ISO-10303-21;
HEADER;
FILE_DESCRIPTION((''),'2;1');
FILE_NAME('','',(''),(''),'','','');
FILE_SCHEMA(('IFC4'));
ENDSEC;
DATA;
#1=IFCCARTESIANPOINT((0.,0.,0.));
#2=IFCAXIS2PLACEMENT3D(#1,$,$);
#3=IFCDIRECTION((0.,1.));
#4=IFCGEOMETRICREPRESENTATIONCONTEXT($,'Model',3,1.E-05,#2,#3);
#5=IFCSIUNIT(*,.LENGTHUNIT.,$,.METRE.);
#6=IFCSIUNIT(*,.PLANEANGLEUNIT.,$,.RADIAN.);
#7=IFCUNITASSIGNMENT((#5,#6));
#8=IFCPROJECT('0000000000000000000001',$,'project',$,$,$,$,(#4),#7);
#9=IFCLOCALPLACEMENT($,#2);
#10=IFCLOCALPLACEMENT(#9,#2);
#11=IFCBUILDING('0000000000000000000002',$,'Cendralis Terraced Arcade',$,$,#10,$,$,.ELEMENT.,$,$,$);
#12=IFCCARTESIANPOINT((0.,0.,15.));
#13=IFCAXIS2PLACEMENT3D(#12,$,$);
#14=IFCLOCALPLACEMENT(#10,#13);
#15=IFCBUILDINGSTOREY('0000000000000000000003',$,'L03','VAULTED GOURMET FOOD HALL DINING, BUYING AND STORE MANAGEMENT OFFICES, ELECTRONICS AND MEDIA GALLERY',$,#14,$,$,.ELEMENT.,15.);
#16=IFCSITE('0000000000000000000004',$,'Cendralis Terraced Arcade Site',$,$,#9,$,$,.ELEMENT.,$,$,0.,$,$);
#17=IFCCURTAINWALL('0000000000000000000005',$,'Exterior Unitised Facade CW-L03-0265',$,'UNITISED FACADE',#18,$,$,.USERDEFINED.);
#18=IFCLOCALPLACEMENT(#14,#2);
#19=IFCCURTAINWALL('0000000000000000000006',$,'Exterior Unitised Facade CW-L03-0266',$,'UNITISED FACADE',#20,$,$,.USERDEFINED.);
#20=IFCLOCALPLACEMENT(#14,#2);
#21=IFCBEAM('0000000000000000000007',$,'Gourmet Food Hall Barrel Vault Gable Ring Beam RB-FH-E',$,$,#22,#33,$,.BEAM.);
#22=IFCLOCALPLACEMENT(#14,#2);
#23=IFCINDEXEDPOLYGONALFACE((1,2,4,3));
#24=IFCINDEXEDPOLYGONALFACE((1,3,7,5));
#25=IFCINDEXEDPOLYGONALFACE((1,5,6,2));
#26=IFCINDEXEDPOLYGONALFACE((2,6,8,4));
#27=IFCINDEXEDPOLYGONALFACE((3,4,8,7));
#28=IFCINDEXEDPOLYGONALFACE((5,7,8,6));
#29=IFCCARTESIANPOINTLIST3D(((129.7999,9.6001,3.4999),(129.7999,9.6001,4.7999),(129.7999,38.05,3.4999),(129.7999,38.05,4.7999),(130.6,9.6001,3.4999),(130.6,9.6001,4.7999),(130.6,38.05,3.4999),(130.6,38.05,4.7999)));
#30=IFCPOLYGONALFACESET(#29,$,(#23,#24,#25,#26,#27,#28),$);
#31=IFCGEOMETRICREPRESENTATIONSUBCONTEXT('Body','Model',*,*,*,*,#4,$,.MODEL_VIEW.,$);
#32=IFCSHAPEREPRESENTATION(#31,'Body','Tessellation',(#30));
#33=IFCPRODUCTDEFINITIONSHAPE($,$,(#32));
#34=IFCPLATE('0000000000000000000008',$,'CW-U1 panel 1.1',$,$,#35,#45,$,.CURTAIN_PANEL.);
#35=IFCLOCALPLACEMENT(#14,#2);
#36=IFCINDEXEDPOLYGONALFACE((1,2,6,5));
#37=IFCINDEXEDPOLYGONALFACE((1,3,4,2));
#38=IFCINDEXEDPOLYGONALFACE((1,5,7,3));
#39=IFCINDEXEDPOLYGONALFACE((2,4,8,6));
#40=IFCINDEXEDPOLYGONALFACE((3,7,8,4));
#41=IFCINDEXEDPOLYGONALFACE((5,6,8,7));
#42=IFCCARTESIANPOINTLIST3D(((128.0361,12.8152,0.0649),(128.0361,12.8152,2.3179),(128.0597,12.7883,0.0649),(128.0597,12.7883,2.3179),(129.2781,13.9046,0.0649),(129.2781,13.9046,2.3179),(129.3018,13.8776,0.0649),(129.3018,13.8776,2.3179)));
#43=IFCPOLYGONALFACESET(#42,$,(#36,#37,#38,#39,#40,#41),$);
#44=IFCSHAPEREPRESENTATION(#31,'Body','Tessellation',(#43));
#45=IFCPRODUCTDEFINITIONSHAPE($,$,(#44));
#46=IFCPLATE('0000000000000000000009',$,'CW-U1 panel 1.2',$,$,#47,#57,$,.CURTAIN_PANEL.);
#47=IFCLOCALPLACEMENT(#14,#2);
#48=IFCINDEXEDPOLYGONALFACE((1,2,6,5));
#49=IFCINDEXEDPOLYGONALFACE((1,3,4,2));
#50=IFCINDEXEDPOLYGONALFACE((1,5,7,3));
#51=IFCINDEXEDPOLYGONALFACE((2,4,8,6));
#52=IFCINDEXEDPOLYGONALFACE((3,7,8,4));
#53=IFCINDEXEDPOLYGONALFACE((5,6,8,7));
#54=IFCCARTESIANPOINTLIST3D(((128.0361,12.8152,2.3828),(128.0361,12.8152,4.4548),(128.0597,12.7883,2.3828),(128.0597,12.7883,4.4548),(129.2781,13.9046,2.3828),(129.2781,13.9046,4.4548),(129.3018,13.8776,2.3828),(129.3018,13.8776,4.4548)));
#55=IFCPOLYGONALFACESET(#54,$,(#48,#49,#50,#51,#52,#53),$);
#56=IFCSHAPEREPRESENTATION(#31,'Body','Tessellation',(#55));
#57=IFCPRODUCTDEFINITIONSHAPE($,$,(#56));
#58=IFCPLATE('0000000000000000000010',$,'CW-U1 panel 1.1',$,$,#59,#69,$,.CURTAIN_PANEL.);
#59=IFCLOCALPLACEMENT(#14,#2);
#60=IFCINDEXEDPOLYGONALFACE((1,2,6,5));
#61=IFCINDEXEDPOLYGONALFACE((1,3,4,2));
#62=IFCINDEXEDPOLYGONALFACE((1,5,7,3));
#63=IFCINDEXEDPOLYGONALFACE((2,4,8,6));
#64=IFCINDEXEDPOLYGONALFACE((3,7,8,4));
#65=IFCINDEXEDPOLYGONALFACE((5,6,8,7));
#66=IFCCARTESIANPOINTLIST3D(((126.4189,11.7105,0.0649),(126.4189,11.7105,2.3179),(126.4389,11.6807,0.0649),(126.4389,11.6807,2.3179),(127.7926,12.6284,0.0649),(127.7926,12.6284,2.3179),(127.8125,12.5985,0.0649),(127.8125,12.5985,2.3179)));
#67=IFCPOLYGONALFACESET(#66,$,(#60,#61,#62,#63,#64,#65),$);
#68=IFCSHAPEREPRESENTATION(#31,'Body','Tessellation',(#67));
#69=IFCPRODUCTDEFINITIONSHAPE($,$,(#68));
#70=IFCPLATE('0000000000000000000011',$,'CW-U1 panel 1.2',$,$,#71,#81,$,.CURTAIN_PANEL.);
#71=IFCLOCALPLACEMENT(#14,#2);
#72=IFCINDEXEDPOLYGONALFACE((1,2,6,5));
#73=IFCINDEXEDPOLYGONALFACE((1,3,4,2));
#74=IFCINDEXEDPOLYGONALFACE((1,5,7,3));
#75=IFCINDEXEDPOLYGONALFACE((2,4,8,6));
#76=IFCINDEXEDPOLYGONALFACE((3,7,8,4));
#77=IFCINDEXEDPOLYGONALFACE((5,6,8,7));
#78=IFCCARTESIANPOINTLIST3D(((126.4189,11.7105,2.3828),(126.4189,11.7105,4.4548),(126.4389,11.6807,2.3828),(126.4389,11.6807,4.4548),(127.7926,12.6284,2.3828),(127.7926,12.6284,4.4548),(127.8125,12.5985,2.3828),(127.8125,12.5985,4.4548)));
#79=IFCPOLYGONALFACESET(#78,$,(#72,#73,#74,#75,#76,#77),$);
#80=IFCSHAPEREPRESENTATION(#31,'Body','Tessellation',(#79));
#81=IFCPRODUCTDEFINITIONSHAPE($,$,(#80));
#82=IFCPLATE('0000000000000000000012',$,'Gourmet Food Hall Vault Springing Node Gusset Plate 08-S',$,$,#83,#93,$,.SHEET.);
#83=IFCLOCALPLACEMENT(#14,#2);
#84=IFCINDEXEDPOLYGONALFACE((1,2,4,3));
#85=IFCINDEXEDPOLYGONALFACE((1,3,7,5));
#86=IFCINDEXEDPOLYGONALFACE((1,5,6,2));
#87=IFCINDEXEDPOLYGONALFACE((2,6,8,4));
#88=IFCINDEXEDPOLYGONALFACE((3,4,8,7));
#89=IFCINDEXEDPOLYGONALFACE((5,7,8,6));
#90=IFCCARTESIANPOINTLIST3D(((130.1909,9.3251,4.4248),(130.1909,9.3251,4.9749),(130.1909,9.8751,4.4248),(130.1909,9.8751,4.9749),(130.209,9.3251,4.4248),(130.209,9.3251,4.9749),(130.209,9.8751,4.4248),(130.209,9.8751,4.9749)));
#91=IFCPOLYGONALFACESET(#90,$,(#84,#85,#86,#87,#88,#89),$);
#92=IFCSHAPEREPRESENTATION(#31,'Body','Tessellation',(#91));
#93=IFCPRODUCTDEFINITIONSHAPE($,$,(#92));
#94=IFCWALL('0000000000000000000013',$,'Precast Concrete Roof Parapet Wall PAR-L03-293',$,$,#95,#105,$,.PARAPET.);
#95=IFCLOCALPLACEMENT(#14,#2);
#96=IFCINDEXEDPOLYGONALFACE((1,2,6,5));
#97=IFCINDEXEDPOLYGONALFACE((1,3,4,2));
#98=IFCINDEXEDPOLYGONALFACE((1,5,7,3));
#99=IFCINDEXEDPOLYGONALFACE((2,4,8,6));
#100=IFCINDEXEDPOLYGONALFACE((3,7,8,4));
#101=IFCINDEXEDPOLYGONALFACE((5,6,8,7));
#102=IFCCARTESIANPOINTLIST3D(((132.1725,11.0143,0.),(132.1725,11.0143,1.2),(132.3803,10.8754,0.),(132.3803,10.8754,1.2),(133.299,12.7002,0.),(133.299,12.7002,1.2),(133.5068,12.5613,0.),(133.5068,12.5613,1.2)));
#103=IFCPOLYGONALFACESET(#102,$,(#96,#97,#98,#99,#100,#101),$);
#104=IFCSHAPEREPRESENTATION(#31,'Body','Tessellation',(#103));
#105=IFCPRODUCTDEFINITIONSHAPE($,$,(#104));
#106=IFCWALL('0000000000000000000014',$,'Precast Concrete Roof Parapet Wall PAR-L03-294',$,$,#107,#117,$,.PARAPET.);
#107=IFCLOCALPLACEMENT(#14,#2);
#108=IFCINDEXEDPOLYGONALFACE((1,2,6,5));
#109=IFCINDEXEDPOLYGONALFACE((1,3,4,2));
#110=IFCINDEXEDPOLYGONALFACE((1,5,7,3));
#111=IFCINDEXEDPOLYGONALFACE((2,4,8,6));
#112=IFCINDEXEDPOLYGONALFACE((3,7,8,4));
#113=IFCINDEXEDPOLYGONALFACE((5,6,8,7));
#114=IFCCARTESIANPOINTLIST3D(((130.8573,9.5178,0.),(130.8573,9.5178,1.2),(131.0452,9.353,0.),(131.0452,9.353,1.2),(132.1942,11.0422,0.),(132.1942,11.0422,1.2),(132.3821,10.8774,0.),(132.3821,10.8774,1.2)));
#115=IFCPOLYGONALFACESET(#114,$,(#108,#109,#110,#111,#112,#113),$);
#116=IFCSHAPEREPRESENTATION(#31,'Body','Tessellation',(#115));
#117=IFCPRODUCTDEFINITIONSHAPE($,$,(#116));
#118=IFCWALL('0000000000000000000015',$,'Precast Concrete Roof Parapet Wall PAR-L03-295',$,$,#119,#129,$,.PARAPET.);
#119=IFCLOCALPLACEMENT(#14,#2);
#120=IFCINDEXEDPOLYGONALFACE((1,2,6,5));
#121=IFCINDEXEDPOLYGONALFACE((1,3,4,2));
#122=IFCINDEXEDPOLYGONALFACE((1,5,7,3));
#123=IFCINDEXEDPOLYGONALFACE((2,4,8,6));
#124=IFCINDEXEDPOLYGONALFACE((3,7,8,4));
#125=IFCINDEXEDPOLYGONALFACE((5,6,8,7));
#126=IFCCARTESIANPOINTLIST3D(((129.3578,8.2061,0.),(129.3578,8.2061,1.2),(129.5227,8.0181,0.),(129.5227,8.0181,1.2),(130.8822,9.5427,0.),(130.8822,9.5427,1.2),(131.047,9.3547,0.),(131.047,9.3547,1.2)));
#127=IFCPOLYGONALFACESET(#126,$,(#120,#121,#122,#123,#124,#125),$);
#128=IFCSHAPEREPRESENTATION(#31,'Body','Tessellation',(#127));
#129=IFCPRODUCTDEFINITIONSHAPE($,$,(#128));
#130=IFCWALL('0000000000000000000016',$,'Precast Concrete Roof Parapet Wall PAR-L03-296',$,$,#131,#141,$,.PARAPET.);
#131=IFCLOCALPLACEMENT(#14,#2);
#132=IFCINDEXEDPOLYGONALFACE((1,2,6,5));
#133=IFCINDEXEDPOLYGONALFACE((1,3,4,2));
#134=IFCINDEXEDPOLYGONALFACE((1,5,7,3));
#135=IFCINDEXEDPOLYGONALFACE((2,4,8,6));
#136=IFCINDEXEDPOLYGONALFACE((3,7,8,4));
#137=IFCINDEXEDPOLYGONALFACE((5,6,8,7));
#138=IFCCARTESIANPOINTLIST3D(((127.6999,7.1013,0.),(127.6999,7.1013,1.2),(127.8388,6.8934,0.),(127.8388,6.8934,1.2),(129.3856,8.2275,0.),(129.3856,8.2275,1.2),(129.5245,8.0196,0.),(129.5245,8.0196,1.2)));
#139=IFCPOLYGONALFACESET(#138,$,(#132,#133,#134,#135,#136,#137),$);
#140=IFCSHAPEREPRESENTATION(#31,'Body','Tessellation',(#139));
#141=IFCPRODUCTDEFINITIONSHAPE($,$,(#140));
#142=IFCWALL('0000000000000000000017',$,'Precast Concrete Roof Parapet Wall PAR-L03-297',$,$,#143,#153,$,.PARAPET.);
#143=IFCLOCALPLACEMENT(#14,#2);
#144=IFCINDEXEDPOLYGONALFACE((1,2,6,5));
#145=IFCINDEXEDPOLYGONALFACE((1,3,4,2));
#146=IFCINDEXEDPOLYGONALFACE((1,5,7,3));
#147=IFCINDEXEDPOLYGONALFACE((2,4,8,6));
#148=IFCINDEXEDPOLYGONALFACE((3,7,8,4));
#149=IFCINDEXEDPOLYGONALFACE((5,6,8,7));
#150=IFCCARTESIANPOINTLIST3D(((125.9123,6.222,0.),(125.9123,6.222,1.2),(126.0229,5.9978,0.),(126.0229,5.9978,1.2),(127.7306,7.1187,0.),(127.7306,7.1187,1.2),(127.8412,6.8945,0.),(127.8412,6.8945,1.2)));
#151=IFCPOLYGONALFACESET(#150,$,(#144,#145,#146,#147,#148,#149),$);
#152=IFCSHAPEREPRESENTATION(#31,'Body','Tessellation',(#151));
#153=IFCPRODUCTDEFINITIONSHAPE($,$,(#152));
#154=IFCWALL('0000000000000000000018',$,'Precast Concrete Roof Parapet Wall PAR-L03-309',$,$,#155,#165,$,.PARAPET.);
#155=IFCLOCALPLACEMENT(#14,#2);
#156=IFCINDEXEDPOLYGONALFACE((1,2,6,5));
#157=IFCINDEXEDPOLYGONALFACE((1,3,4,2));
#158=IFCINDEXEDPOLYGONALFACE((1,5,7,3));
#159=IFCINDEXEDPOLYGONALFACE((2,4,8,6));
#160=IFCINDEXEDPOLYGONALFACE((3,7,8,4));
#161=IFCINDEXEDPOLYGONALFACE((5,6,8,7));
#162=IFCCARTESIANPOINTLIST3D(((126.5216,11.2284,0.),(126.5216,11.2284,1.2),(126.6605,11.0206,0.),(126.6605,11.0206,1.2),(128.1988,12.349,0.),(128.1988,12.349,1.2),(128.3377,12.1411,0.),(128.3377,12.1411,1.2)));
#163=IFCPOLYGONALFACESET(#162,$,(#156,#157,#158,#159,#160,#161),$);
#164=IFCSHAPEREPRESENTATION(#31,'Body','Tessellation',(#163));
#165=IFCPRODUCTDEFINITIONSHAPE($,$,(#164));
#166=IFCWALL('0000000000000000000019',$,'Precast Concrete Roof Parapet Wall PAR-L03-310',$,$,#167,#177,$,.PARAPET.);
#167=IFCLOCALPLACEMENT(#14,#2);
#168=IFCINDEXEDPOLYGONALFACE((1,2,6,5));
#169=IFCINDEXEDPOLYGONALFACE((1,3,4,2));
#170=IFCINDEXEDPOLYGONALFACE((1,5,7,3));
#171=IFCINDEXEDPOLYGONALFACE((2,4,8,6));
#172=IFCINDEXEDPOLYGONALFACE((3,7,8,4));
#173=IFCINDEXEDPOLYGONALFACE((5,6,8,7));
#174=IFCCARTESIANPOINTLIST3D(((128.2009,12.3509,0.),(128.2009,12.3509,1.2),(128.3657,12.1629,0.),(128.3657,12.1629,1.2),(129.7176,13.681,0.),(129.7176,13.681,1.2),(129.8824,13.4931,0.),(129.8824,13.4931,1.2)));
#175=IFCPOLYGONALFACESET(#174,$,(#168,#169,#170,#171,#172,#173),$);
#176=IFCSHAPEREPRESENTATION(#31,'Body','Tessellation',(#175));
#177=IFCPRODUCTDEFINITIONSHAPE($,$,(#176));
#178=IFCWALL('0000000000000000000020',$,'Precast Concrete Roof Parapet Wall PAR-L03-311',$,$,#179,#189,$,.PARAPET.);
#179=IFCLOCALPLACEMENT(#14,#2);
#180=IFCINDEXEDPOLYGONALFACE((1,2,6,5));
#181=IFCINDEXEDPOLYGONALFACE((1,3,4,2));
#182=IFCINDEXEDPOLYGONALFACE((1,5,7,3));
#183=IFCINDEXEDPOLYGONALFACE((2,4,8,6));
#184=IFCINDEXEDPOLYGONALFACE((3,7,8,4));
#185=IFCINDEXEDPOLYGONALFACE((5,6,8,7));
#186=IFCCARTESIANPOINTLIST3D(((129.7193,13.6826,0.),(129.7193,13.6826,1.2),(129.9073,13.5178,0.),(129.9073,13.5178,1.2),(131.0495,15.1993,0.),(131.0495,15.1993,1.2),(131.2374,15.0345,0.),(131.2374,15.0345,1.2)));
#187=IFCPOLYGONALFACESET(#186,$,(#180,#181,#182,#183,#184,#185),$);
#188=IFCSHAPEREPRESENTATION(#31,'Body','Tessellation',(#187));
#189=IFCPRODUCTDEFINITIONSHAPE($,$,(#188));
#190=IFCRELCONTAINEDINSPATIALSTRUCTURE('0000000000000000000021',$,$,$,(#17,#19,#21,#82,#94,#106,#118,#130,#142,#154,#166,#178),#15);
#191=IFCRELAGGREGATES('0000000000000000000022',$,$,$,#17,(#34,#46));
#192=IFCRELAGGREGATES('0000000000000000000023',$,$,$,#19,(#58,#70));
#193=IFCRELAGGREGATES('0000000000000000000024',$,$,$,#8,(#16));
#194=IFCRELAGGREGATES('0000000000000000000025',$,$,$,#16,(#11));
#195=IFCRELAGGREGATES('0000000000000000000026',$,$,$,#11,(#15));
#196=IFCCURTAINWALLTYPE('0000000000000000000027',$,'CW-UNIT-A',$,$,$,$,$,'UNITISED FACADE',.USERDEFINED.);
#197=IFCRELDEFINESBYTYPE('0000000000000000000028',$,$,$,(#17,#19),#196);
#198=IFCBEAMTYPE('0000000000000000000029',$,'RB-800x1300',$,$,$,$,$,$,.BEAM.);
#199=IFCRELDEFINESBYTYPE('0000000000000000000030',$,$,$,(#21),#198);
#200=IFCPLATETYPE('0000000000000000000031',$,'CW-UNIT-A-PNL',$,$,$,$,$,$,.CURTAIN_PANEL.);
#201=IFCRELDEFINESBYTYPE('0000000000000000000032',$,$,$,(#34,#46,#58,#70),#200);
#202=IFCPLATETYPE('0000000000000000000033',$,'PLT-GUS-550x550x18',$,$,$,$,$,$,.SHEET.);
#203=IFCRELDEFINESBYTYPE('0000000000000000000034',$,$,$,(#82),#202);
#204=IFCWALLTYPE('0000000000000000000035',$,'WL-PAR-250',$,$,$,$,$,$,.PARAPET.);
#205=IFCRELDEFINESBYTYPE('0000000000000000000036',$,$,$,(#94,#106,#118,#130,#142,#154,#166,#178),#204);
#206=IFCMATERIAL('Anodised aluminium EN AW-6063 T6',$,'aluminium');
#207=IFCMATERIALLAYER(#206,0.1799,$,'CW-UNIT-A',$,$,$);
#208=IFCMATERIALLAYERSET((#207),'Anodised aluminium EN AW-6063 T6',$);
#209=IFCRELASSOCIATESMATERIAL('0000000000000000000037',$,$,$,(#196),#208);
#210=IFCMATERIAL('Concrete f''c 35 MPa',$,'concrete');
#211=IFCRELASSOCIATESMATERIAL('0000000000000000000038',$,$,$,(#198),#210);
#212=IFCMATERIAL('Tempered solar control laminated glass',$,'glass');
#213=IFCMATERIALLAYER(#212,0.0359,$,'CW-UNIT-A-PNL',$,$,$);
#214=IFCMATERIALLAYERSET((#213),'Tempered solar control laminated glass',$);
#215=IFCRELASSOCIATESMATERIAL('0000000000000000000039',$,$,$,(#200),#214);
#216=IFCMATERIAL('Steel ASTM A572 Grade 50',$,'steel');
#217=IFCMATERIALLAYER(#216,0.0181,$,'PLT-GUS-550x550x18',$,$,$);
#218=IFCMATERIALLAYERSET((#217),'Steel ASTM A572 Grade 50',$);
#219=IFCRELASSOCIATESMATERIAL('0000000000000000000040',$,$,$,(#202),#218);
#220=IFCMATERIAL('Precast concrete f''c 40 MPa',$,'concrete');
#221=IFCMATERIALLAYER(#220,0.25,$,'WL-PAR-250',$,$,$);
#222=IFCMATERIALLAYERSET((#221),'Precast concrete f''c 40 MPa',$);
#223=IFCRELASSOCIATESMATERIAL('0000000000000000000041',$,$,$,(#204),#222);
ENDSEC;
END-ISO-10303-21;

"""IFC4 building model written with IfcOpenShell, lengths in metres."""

from ifc_helpers import new_model, si_unit, direction, frame, frame_2d, origin, origin_2d, place, context, subcontext, project, spatial, rectangle, extrude, material, layer, layer_set, material_profile, profile_set, type_object, element, aggregate, save


model = new_model("IFC4")

# Units and contexts
model_context = context("Model", 3, precision=1e-05, world=origin(), true_north=direction((0.0, 1.0)))
body_context = subcontext(model_context, "Body", "Model", "MODEL_VIEW")
ifc_project = project(units=[si_unit("LENGTHUNIT", "METRE"), si_unit("PLANEANGLEUNIT", "RADIAN")], contexts=[model_context])

# Site, building, storey
site_placement = place(None, origin())
site = spatial("IfcSite", under=ifc_project, at=site_placement, Name="Cendralis Terraced Arcade Site", CompositionType="ELEMENT", RefElevation=0.0)
building_placement = place(site_placement, origin())
building = spatial("IfcBuilding", under=site, at=building_placement, Name="Cendralis Terraced Arcade", CompositionType="ELEMENT")
storey_placement = place(building_placement, frame((0.0, 0.0, 15.0)))
storey = spatial("IfcBuildingStorey", under=building, at=storey_placement, Name="L03", Description="VAULTED GOURMET FOOD HALL DINING, BUYING AND STORE MANAGEMENT OFFICES, ELECTRONICS AND MEDIA GALLERY", CompositionType="ELEMENT", Elevation=15.0)

# Curtain walls
ifc_material_1 = material(Name="Anodised aluminium EN AW-6063 T6", Category="aluminium")
ifc_layer_1 = layer(ifc_material_1, 0.1799, Name="CW-UNIT-A")
ifc_layer_set_1 = layer_set([ifc_layer_1], Name="Anodised aluminium EN AW-6063 T6")
curtain_wall_type = type_object("IfcCurtainWallType", Name="CW-UNIT-A", ElementType="UNITISED FACADE", PredefinedType="USERDEFINED", material=ifc_layer_set_1)
curtain_wall_1_placement = place(storey_placement, origin())
curtain_wall_1 = element("IfcCurtainWall", 1, at=curtain_wall_1_placement, inside=storey, type_object=curtain_wall_type, Name="Exterior Unitised Facade CW-L03-0265", ObjectType="UNITISED FACADE", PredefinedType="USERDEFINED")
curtain_wall_2_placement = place(storey_placement, origin())
curtain_wall_2 = element("IfcCurtainWall", 2, at=curtain_wall_2_placement, inside=storey, type_object=curtain_wall_type, Name="Exterior Unitised Facade CW-L03-0266", ObjectType="UNITISED FACADE", PredefinedType="USERDEFINED")

# Beam
ifc_material_2 = material(Name="Concrete f'c 35 MPa", Category="concrete")
ifc_material_profile_1 = material_profile(ifc_material_2, rectangle(XDim=0.8, YDim=1.3, at=origin_2d()), Name="RC-RB-800x1300", Category="LoadBearing")
ifc_profile_set_1 = profile_set([ifc_material_profile_1], Name="Concrete f'c 35 MPa")
beam_type = type_object("IfcBeamType", Name="RB-800x1300", PredefinedType="BEAM", material=ifc_profile_set_1)
beam_placement = place(storey_placement, frame((130.2, 9.6001, 4.1499), z_axis=(0.0, 1.0, 0.0), x_axis=(-1.0, 0.0, 0.0)))
element("IfcBeam", 3, at=beam_placement, inside=storey, type_object=beam_type, Name="Gourmet Food Hall Barrel Vault Gable Ring Beam RB-FH-E", PredefinedType="BEAM", context=body_context, shape_type="SweptSolid", body=[
    extrude(rectangle(XDim=0.8, YDim=1.3, at=origin_2d()), origin(), (0.0, 0.0, 1.0), 28.45),
])

# Plates
ifc_material_3 = material(Name="Tempered solar control laminated glass", Category="glass")
ifc_layer_2 = layer(ifc_material_3, 0.0359, Name="CW-UNIT-A-PNL")
ifc_layer_set_2 = layer_set([ifc_layer_2], Name="Tempered solar control laminated glass")
plate_type_1 = type_object("IfcPlateType", Name="CW-UNIT-A-PNL", PredefinedType="CURTAIN_PANEL", material=ifc_layer_set_2)
plate_1_placement = place(storey_placement, frame((128.6689, 13.3464, 0.0649), z_axis=(0.0, 0.0, 1.0), x_axis=(-0.751804, -0.659386, 0.0)))
plate_1 = element("IfcPlate", 4, at=plate_1_placement, type_object=plate_type_1, Name="CW-U1 panel 1.1", PredefinedType="CURTAIN_PANEL", context=body_context, shape_type="SweptSolid", body=[
    extrude(rectangle(XDim=1.6521, YDim=0.0359, at=origin_2d()), origin(), (0.0, 0.0, 1.0), 2.2529),
])
plate_2_placement = place(storey_placement, frame((128.6689, 13.3464, 2.3828), z_axis=(0.0, 0.0, 1.0), x_axis=(-0.751804, -0.659386, 0.0)))
plate_2 = element("IfcPlate", 5, at=plate_2_placement, type_object=plate_type_1, Name="CW-U1 panel 1.2", PredefinedType="CURTAIN_PANEL", context=body_context, shape_type="SweptSolid", body=[
    extrude(rectangle(XDim=1.6521, YDim=0.0359, at=origin_2d()), origin(), (0.0, 0.0, 1.0), 2.072),
])
aggregate(curtain_wall_1, [plate_1, plate_2])
plate_3_placement = place(storey_placement, frame((127.1157, 12.1545, 0.0649), z_axis=(0.0, 0.0, 1.0), x_axis=(-0.831471, -0.555567, 0.0)))
plate_3 = element("IfcPlate", 6, at=plate_3_placement, type_object=plate_type_1, Name="CW-U1 panel 1.1", PredefinedType="CURTAIN_PANEL", context=body_context, shape_type="SweptSolid", body=[
    extrude(rectangle(XDim=1.6521, YDim=0.0359, at=origin_2d()), origin(), (0.0, 0.0, 1.0), 2.2529),
])
plate_4_placement = place(storey_placement, frame((127.1157, 12.1545, 2.3828), z_axis=(0.0, 0.0, 1.0), x_axis=(-0.831471, -0.555567, 0.0)))
plate_4 = element("IfcPlate", 7, at=plate_4_placement, type_object=plate_type_1, Name="CW-U1 panel 1.2", PredefinedType="CURTAIN_PANEL", context=body_context, shape_type="SweptSolid", body=[
    extrude(rectangle(XDim=1.6521, YDim=0.0359, at=origin_2d()), origin(), (0.0, 0.0, 1.0), 2.072),
])
aggregate(curtain_wall_2, [plate_3, plate_4])
ifc_material_4 = material(Name="Steel ASTM A572 Grade 50", Category="steel")
ifc_layer_3 = layer(ifc_material_4, 0.0181, Name="PLT-GUS-550x550x18")
ifc_layer_set_3 = layer_set([ifc_layer_3], Name="Steel ASTM A572 Grade 50")
plate_type_2 = type_object("IfcPlateType", Name="PLT-GUS-550x550x18", PredefinedType="SHEET", material=ifc_layer_set_3)
plate_5_placement = place(storey_placement, frame((130.2, 9.6001, 4.4248), z_axis=(0.0, 0.0, 1.0), x_axis=(0.0, 1.0, 0.0)))
element("IfcPlate", 8, at=plate_5_placement, inside=storey, type_object=plate_type_2, Name="Gourmet Food Hall Vault Springing Node Gusset Plate 08-S", PredefinedType="SHEET", context=body_context, shape_type="SweptSolid", body=[
    extrude(rectangle(XDim=0.55, YDim=0.0181, at=origin_2d()), origin(), (0.0, 0.0, 1.0), 0.55),
])

# Walls
ifc_material_5 = material(Name="Precast concrete f'c 40 MPa", Category="concrete")
ifc_layer_4 = layer(ifc_material_5, 0.25, Name="WL-PAR-250")
ifc_layer_set_4 = layer_set([ifc_layer_4], Name="Precast concrete f'c 40 MPa")
wall_type = type_object("IfcWallType", Name="WL-PAR-250", PredefinedType="PARAPET", material=ifc_layer_set_4)
for number, where, z_axis, x_axis, name in (
    (9, (133.4028, 12.6306, 0.0), (0.0, 0.0, 1.0), (-0.555589, -0.831457, 0.0), "Precast Concrete Roof Parapet Wall PAR-L03-293"),
    (10, (132.2881, 10.9597, 0.0), (0.0, 0.0, 1.0), (-0.659357, -0.75183, 0.0), "Precast Concrete Roof Parapet Wall PAR-L03-294"),
):
    element("IfcWall", number, at=place(storey_placement, frame(where, z_axis=z_axis, x_axis=x_axis)), inside=storey, type_object=wall_type, Name=name, PredefinedType="PARAPET", context=body_context, shape_type="SweptSolid", body=[
        extrude(rectangle(XDim=2.0276, YDim=0.25, at=frame_2d((1.0137, 0.0))), origin(), (0.0, 0.0, 1.0), 1.2),
    ])
for number, where, z_axis, x_axis, name in (
    (11, (130.9646, 9.4487, 0.0), (0.0, 0.0, 1.0), (-0.75189, -0.659289, 0.0), "Precast Concrete Roof Parapet Wall PAR-L03-295"),
    (12, (129.4551, 8.1235, 0.0), (0.0, 0.0, 1.0), (-0.831513, -0.555506, 0.0), "Precast Concrete Roof Parapet Wall PAR-L03-296"),
    (13, (127.7859, 7.0066, 0.0), (0.0, 0.0, 1.0), (-0.89687, -0.442294, 0.0), "Precast Concrete Roof Parapet Wall PAR-L03-297"),
):
    element("IfcWall", number, at=place(storey_placement, frame(where, z_axis=z_axis, x_axis=x_axis)), inside=storey, type_object=wall_type, Name=name, PredefinedType="PARAPET", context=body_context, shape_type="SweptSolid", body=[
        extrude(rectangle(XDim=2.0273, YDim=0.25, at=frame_2d((1.0137, 0.0))), origin(), (0.0, 0.0, 1.0), 1.2),
    ])
wall_placement = place(storey_placement, frame((126.5911, 11.1245, 0.0), z_axis=(0.0, 0.0, 1.0), x_axis=(0.831491, 0.555538, 0.0)))
element("IfcWall", 14, at=wall_placement, inside=storey, type_object=wall_type, Name="Precast Concrete Roof Parapet Wall PAR-L03-309", PredefinedType="PARAPET", context=body_context, shape_type="SweptSolid", body=[
    extrude(rectangle(XDim=2.0171, YDim=0.25, at=frame_2d((1.0085, 0.0))), origin(), (0.0, 0.0, 1.0), 1.2),
])
for number, where, z_axis, x_axis, name in (
    (15, (128.2832, 12.2568, 0.0), (0.0, 0.0, 1.0), (0.751826, 0.659361, 0.0), "Precast Concrete Roof Parapet Wall PAR-L03-310"),
    (16, (129.8132, 13.6001, 0.0), (0.0, 0.0, 1.0), (0.659361, 0.751826, 0.0), "Precast Concrete Roof Parapet Wall PAR-L03-311"),
):
    element("IfcWall", number, at=place(storey_placement, frame(where, z_axis=z_axis, x_axis=x_axis)), inside=storey, type_object=wall_type, Name=name, PredefinedType="PARAPET", context=body_context, shape_type="SweptSolid", body=[
        extrude(rectangle(XDim=2.0173, YDim=0.25, at=frame_2d((1.0088, 0.0))), origin(), (0.0, 0.0, 1.0), 1.2),
    ])

save(model, "model.ifc")
